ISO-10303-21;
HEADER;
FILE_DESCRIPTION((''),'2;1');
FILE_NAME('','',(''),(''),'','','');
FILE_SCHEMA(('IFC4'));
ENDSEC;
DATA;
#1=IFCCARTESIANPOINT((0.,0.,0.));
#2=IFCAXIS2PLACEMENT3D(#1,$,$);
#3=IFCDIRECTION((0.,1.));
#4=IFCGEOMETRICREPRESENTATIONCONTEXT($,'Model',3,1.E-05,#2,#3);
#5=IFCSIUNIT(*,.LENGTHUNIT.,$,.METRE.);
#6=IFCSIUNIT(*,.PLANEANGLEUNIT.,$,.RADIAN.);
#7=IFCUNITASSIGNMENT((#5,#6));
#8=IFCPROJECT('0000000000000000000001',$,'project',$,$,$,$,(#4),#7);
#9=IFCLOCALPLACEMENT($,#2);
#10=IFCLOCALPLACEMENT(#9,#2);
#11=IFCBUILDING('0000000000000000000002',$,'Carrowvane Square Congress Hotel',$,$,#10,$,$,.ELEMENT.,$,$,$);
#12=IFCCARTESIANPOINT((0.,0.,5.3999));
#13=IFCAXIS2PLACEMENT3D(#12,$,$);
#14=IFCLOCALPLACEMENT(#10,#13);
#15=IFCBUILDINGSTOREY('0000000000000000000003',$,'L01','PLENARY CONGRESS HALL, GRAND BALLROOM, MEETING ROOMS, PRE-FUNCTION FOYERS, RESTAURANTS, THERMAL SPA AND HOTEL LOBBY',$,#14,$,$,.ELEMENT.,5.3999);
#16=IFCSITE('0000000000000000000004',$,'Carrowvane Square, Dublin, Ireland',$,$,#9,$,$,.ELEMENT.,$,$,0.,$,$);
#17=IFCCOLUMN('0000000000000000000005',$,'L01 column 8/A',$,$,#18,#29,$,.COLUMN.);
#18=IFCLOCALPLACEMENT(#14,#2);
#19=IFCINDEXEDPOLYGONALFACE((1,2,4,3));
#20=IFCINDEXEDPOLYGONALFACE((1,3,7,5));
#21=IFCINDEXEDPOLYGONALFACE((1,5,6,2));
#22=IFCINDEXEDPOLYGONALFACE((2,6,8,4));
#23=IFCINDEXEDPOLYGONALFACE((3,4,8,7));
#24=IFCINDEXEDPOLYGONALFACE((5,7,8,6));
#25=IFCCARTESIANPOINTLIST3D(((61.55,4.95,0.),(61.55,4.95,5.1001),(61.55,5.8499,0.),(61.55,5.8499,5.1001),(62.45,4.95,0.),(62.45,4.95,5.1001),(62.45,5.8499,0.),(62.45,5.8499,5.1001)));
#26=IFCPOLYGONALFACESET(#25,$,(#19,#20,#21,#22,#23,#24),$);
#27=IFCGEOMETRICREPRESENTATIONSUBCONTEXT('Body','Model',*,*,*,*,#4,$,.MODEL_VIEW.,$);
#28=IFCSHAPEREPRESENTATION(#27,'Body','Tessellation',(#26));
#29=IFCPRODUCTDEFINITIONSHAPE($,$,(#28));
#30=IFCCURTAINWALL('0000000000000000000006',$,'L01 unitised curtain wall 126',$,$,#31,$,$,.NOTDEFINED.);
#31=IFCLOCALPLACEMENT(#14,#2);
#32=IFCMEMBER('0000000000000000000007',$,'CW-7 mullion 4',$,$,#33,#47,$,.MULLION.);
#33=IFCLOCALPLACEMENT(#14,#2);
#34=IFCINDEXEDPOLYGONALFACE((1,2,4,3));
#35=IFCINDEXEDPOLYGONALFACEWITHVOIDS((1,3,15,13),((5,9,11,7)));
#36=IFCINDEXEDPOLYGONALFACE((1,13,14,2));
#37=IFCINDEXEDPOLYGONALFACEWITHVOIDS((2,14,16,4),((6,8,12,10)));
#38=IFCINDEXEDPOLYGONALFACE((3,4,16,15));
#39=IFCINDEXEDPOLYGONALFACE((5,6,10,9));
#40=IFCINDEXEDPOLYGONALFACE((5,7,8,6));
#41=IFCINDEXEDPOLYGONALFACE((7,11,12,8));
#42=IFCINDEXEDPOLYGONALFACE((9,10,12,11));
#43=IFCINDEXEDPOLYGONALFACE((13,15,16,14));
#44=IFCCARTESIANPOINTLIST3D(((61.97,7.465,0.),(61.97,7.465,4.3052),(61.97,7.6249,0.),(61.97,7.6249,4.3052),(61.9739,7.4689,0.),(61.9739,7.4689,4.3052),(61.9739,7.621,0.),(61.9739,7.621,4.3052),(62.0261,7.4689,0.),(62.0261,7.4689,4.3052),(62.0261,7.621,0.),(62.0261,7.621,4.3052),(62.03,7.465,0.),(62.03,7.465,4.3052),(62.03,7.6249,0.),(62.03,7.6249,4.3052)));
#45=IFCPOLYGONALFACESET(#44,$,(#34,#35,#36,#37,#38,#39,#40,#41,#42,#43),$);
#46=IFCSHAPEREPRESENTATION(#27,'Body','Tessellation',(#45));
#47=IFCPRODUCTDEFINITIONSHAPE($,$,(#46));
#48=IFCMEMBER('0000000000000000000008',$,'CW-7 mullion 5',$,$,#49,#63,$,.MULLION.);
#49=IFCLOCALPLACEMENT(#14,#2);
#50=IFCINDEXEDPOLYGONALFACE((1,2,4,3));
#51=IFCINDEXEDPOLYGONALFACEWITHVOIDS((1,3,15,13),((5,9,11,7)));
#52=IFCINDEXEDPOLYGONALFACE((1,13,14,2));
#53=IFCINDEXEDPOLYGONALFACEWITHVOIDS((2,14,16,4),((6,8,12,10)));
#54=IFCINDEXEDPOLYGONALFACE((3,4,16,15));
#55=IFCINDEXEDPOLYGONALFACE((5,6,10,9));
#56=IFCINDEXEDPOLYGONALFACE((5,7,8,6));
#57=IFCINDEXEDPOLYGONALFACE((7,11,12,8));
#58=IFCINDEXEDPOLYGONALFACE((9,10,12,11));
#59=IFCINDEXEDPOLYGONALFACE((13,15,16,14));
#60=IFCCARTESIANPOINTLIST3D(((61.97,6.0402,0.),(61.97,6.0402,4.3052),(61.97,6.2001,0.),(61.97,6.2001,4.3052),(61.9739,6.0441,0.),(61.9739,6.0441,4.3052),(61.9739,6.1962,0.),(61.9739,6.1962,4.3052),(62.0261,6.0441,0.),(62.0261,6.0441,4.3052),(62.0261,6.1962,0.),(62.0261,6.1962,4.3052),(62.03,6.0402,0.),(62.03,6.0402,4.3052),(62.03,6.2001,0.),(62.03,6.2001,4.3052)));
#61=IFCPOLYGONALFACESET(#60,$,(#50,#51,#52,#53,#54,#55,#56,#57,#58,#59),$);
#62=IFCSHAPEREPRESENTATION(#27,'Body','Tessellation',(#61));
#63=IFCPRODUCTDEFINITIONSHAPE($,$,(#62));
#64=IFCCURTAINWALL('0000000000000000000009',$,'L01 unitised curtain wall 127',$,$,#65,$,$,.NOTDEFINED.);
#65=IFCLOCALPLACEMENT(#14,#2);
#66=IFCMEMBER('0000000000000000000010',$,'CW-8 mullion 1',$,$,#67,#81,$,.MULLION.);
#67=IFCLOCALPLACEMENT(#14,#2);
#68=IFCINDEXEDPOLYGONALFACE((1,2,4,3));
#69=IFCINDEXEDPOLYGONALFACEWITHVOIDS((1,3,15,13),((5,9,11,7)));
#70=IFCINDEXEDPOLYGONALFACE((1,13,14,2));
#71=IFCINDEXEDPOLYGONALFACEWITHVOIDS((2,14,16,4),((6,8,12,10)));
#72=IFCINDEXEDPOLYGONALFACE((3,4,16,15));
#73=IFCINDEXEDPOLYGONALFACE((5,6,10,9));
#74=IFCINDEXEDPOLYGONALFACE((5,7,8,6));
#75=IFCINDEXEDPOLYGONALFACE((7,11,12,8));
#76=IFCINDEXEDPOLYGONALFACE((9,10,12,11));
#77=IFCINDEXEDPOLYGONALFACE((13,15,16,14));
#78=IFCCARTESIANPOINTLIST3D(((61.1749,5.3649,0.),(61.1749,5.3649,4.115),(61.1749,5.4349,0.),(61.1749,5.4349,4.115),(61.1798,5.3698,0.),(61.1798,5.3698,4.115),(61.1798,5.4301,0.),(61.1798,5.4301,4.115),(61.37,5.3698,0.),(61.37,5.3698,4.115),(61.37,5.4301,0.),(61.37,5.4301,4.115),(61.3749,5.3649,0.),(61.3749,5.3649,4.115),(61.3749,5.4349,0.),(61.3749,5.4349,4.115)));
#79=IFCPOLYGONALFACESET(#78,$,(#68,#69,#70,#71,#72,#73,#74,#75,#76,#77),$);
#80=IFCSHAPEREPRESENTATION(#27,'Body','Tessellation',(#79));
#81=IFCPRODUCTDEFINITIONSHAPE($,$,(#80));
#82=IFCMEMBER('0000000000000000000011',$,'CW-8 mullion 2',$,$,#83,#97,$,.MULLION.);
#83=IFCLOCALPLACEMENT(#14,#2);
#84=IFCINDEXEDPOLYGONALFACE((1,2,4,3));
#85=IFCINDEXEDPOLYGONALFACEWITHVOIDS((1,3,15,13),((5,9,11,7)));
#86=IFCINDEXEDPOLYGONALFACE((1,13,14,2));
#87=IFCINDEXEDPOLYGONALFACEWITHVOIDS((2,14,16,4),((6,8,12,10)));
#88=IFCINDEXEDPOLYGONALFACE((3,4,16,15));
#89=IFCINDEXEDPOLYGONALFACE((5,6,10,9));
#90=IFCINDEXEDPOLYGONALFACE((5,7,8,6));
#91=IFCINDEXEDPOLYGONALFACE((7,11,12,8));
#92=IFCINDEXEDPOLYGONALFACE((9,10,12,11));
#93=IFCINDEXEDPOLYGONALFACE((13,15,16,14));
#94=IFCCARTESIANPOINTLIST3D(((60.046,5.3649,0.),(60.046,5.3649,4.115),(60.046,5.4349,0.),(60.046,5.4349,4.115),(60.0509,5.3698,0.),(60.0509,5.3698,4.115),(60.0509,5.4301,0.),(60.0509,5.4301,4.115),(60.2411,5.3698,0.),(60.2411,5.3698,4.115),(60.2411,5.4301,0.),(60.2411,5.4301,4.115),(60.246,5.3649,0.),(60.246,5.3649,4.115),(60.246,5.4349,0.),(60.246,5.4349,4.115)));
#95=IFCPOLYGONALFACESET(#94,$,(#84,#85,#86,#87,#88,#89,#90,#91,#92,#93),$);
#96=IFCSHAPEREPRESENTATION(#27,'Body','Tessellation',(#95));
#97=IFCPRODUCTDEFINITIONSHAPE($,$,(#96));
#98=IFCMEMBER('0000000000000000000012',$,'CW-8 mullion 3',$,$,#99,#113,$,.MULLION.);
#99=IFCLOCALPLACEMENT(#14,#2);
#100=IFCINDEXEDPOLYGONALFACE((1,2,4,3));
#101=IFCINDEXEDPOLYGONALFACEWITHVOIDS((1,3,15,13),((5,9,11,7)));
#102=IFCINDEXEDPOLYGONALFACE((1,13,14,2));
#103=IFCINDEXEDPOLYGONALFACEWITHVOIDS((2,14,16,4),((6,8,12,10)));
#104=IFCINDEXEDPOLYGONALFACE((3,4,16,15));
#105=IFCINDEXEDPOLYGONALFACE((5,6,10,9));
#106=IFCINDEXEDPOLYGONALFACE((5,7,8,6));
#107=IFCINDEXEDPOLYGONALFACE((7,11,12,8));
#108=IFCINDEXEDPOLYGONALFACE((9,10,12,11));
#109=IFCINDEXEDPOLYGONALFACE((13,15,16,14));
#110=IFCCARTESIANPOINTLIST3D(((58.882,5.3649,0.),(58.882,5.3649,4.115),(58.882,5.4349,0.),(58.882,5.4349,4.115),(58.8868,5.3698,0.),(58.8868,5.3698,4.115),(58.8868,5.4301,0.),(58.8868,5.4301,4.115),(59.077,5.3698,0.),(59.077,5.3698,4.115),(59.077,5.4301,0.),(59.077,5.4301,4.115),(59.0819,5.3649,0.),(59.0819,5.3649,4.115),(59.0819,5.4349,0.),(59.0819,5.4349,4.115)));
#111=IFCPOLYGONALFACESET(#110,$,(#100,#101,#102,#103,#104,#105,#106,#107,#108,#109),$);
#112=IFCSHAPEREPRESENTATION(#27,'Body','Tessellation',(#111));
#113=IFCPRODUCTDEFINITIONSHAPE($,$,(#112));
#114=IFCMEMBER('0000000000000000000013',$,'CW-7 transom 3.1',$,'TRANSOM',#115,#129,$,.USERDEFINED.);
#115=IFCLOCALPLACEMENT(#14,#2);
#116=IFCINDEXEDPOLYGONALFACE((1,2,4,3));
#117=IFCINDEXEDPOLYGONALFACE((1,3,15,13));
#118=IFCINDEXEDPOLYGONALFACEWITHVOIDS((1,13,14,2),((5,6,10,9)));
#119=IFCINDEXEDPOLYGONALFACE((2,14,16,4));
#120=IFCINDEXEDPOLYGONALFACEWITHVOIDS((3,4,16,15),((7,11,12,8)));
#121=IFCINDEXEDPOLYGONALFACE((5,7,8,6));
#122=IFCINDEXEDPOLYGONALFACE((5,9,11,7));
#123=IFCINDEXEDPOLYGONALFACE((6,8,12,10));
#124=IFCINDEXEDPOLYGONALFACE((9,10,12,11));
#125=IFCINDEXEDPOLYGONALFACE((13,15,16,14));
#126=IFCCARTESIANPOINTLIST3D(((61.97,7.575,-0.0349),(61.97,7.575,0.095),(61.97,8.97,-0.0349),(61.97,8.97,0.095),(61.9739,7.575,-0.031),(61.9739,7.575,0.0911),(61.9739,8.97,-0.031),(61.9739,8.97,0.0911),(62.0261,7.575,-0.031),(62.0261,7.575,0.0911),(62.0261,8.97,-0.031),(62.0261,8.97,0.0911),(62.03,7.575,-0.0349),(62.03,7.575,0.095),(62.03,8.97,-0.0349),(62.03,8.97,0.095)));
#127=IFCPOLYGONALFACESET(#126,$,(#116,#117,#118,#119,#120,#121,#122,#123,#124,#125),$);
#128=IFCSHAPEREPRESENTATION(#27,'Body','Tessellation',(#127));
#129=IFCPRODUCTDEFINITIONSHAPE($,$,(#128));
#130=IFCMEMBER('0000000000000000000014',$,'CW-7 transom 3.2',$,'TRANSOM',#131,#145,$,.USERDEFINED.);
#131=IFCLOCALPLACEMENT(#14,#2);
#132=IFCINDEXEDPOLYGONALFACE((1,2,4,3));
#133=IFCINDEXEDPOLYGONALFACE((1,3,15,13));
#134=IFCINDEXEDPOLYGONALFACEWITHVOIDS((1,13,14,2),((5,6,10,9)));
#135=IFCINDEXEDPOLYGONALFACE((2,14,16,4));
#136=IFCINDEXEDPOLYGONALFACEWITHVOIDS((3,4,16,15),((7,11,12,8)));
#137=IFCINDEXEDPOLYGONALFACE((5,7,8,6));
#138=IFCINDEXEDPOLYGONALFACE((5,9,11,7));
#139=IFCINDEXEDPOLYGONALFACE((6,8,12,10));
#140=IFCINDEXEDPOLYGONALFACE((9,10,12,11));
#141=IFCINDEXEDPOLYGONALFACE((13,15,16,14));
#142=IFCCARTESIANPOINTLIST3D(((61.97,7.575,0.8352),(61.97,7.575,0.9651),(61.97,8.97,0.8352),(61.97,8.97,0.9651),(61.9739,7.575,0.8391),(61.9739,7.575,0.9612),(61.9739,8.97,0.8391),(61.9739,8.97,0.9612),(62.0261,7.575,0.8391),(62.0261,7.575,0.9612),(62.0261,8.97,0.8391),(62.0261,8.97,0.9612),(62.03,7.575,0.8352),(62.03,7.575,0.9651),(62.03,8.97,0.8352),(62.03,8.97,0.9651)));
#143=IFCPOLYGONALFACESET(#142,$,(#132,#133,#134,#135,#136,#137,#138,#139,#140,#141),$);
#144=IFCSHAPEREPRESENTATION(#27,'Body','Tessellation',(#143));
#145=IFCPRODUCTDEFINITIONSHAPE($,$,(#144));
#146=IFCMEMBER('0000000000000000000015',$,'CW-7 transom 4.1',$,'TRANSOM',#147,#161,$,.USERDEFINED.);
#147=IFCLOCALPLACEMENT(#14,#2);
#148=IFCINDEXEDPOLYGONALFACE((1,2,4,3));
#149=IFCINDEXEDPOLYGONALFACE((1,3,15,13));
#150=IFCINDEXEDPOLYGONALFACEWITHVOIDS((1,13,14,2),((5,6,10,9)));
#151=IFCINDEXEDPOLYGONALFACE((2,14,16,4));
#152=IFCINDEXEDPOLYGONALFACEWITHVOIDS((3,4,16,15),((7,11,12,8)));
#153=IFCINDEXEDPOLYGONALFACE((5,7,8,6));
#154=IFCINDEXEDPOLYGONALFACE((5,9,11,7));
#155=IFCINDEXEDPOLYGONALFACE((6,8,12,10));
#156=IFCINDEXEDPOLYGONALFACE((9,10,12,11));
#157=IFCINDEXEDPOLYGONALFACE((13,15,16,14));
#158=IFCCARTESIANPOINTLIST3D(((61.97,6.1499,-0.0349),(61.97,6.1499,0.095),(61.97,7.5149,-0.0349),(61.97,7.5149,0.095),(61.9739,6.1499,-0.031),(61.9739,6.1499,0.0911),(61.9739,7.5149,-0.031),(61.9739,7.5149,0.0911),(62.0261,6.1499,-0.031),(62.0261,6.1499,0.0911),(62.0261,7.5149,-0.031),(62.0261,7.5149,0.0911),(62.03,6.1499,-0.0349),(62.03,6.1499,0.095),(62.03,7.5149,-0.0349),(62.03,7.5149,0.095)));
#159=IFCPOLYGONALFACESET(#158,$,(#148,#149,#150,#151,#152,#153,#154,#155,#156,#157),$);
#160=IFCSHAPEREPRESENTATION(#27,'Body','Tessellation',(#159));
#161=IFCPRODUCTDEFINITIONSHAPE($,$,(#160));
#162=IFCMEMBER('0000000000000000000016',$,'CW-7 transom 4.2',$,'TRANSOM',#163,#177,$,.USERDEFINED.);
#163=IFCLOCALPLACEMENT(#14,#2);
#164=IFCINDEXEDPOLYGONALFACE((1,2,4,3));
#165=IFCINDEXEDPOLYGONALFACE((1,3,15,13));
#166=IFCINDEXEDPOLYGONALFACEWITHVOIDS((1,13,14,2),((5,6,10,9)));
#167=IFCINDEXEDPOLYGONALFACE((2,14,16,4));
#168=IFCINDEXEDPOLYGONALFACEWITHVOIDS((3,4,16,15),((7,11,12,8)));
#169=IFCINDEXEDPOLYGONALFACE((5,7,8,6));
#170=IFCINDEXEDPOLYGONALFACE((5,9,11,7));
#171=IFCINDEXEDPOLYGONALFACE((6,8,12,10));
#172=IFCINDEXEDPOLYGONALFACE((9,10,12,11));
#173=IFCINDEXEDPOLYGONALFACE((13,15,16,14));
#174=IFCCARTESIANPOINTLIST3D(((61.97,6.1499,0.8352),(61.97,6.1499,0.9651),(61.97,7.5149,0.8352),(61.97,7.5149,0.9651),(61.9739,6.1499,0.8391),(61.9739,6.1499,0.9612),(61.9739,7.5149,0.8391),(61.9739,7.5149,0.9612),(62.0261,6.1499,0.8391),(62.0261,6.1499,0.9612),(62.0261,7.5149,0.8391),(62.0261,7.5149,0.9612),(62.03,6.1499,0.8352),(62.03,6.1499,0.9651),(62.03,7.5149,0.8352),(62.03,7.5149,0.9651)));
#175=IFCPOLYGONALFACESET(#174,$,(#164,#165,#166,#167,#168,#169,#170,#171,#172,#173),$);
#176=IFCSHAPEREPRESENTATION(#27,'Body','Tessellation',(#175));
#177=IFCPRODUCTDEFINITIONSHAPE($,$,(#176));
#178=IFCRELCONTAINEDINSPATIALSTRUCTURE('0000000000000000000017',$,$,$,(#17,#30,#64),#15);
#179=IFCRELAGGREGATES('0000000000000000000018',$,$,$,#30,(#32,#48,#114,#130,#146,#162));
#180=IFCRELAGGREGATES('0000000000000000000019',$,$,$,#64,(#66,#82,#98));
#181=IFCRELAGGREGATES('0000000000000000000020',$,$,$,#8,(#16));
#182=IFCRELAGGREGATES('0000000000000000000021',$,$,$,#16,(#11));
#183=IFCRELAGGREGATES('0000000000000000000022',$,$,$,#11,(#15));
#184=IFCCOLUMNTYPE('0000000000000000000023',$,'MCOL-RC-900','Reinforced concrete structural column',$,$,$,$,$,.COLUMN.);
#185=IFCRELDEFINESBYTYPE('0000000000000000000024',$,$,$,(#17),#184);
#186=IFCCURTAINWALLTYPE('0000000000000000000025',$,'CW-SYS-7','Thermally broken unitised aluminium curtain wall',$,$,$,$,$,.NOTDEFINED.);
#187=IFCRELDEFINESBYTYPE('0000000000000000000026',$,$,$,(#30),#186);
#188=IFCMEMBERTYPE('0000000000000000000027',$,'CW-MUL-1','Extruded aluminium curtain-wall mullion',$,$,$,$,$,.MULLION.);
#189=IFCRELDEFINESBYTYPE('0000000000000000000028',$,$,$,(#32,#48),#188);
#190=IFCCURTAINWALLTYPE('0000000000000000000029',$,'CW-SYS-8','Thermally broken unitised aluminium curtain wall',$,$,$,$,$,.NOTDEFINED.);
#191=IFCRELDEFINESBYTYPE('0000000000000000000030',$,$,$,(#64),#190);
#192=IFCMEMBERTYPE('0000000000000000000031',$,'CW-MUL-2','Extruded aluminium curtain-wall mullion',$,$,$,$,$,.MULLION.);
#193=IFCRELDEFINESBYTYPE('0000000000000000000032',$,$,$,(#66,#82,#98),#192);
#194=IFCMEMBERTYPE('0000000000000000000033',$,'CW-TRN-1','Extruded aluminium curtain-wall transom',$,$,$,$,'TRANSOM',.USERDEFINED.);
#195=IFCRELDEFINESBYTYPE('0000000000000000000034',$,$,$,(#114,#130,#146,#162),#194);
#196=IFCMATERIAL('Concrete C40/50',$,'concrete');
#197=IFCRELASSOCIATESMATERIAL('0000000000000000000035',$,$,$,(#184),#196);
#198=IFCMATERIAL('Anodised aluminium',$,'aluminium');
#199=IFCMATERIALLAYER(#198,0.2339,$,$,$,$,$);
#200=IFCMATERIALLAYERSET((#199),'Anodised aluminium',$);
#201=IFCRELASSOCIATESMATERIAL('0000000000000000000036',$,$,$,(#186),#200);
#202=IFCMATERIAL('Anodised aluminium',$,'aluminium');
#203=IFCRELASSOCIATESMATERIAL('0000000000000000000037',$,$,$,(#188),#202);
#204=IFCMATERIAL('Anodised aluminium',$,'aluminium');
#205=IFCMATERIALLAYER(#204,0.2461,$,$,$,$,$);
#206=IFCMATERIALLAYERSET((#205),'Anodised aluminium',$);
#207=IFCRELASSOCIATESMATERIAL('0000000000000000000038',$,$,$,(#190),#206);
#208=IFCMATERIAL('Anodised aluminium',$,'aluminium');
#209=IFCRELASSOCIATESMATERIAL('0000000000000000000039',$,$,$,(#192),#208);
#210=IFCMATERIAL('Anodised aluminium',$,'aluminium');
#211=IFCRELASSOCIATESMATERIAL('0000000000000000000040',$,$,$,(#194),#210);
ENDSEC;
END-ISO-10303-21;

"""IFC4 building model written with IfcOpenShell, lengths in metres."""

from ifc_helpers import new_model, si_unit, direction, frame, origin, origin_2d, place, context, subcontext, project, spatial, rectangle, hollow_rectangle, extrude, material, layer, layer_set, material_profile, profile_set, type_object, element, aggregate, save


model = new_model("IFC4")

# Units and contexts
model_context = context("Model", 3, precision=1e-05, world=origin(), true_north=direction((0.0, 1.0)))
body_context = subcontext(model_context, "Body", "Model", "MODEL_VIEW")
ifc_project = project(units=[si_unit("LENGTHUNIT", "METRE"), si_unit("PLANEANGLEUNIT", "RADIAN")], contexts=[model_context])

# Site, building, storey
site_placement = place(None, origin())
site = spatial("IfcSite", under=ifc_project, at=site_placement, Name="Carrowvane Square, Dublin, Ireland", CompositionType="ELEMENT", RefElevation=0.0)
building_placement = place(site_placement, origin())
building = spatial("IfcBuilding", under=site, at=building_placement, Name="Carrowvane Square Congress Hotel", CompositionType="ELEMENT")
storey_placement = place(building_placement, frame((0.0, 0.0, 5.3999)))
storey = spatial("IfcBuildingStorey", under=building, at=storey_placement, Name="L01", Description="PLENARY CONGRESS HALL, GRAND BALLROOM, MEETING ROOMS, PRE-FUNCTION FOYERS, RESTAURANTS, THERMAL SPA AND HOTEL LOBBY", CompositionType="ELEMENT", Elevation=5.3999)

# Column
ifc_material_1 = material(Name="Concrete C40/50", Category="concrete")
ifc_material_profile_1 = material_profile(ifc_material_1, rectangle(XDim=0.8999, YDim=0.8999, at=origin_2d()), Name="RC 900x900")
ifc_profile_set_1 = profile_set([ifc_material_profile_1], Name="Concrete C40/50")
column_type = type_object("IfcColumnType", Name="MCOL-RC-900", Description="Reinforced concrete structural column", PredefinedType="COLUMN", material=ifc_profile_set_1)
column_placement = place(storey_placement, frame((62.0, 5.3999, 0.0), z_axis=(0.0, 0.0, 1.0), x_axis=(1.0, 0.0, 0.0)))
element("IfcColumn", 1, at=column_placement, inside=storey, type_object=column_type, Name="L01 column 8/A", PredefinedType="COLUMN", context=body_context, shape_type="SweptSolid", body=[
    extrude(rectangle(XDim=0.8999, YDim=0.8999, at=origin_2d()), origin(), (0.0, 0.0, 1.0), 5.1001),
])

# Curtain walls, members
ifc_material_2 = material(Name="Anodised aluminium", Category="aluminium")
ifc_layer_1 = layer(ifc_material_2, 0.2339)
ifc_layer_set_1 = layer_set([ifc_layer_1], Name="Anodised aluminium")
curtain_wall_type_1 = type_object("IfcCurtainWallType", Name="CW-SYS-7", Description="Thermally broken unitised aluminium curtain wall", PredefinedType="NOTDEFINED", material=ifc_layer_set_1)
curtain_wall_1_placement = place(storey_placement, origin())
curtain_wall_1 = element("IfcCurtainWall", 2, at=curtain_wall_1_placement, inside=storey, type_object=curtain_wall_type_1, Name="L01 unitised curtain wall 126", PredefinedType="NOTDEFINED")
ifc_material_3 = material(Name="Anodised aluminium", Category="aluminium")
ifc_material_profile_2 = material_profile(ifc_material_3, hollow_rectangle(XDim=0.0601, YDim=0.1599, WallThickness=0.0039, at=origin_2d()), Name="CW-ML 60x160x4")
ifc_profile_set_2 = profile_set([ifc_material_profile_2], Name="Anodised aluminium")
member_type_1 = type_object("IfcMemberType", Name="CW-MUL-1", Description="Extruded aluminium curtain-wall mullion", PredefinedType="MULLION", material=ifc_profile_set_2)
member_1_placement = place(storey_placement, frame((62.0, 7.5449, 0.0), z_axis=(0.0, 0.0, 1.0), x_axis=(1.0, 0.0, 0.0)))
member_1 = element("IfcMember", 3, at=member_1_placement, type_object=member_type_1, Name="CW-7 mullion 4", PredefinedType="MULLION", context=body_context, shape_type="SweptSolid", body=[
    extrude(hollow_rectangle(XDim=0.0601, YDim=0.1599, WallThickness=0.0039, at=origin_2d()), origin(), (0.0, 0.0, 1.0), 4.3052),
])
member_2_placement = place(storey_placement, frame((62.0, 6.1201, 0.0), z_axis=(0.0, 0.0, 1.0), x_axis=(1.0, 0.0, 0.0)))
member_2 = element("IfcMember", 4, at=member_2_placement, type_object=member_type_1, Name="CW-7 mullion 5", PredefinedType="MULLION", context=body_context, shape_type="SweptSolid", body=[
    extrude(hollow_rectangle(XDim=0.0601, YDim=0.1599, WallThickness=0.0039, at=origin_2d()), origin(), (0.0, 0.0, 1.0), 4.3052),
])
ifc_material_4 = material(Name="Anodised aluminium", Category="aluminium")
ifc_layer_2 = layer(ifc_material_4, 0.2461)
ifc_layer_set_2 = layer_set([ifc_layer_2], Name="Anodised aluminium")
curtain_wall_type_2 = type_object("IfcCurtainWallType", Name="CW-SYS-8", Description="Thermally broken unitised aluminium curtain wall", PredefinedType="NOTDEFINED", material=ifc_layer_set_2)
curtain_wall_2_placement = place(storey_placement, origin())
curtain_wall_2 = element("IfcCurtainWall", 5, at=curtain_wall_2_placement, inside=storey, type_object=curtain_wall_type_2, Name="L01 unitised curtain wall 127", PredefinedType="NOTDEFINED")
ifc_material_5 = material(Name="Anodised aluminium", Category="aluminium")
ifc_material_profile_3 = material_profile(ifc_material_5, hollow_rectangle(XDim=0.0701, YDim=0.2, WallThickness=0.0049, at=origin_2d()), Name="CW-ML 70x200x5")
ifc_profile_set_3 = profile_set([ifc_material_profile_3], Name="Anodised aluminium")
member_type_2 = type_object("IfcMemberType", Name="CW-MUL-2", Description="Extruded aluminium curtain-wall mullion", PredefinedType="MULLION", material=ifc_profile_set_3)
member_3_placement = place(storey_placement, frame((61.2749, 5.3999, 0.0), z_axis=(0.0, 0.0, 1.0), x_axis=(0.0, -1.0, 0.0)))
member_3 = element("IfcMember", 6, at=member_3_placement, type_object=member_type_2, Name="CW-8 mullion 1", PredefinedType="MULLION", context=body_context, shape_type="SweptSolid", body=[
    extrude(hollow_rectangle(XDim=0.0701, YDim=0.2, WallThickness=0.0049, at=origin_2d()), origin(), (0.0, 0.0, 1.0), 4.115),
])
member_4_placement = place(storey_placement, frame((60.146, 5.3999, 0.0), z_axis=(0.0, 0.0, 1.0), x_axis=(0.0, -1.0, 0.0)))
member_4 = element("IfcMember", 7, at=member_4_placement, type_object=member_type_2, Name="CW-8 mullion 2", PredefinedType="MULLION", context=body_context, shape_type="SweptSolid", body=[
    extrude(hollow_rectangle(XDim=0.0701, YDim=0.2, WallThickness=0.0049, at=origin_2d()), origin(), (0.0, 0.0, 1.0), 4.115),
])
member_5_placement = place(storey_placement, frame((58.9819, 5.3999, 0.0), z_axis=(0.0, 0.0, 1.0), x_axis=(0.0, -1.0, 0.0)))
member_5 = element("IfcMember", 8, at=member_5_placement, type_object=member_type_2, Name="CW-8 mullion 3", PredefinedType="MULLION", context=body_context, shape_type="SweptSolid", body=[
    extrude(hollow_rectangle(XDim=0.0701, YDim=0.2, WallThickness=0.0049, at=origin_2d()), origin(), (0.0, 0.0, 1.0), 4.115),
])

# Members
ifc_material_6 = material(Name="Anodised aluminium", Category="aluminium")
ifc_material_profile_4 = material_profile(ifc_material_6, hollow_rectangle(XDim=0.0601, YDim=0.1299, WallThickness=0.0039, at=origin_2d()), Name="CW-TR 60x130x4")
ifc_profile_set_4 = profile_set([ifc_material_profile_4], Name="Anodised aluminium")
member_type_3 = type_object("IfcMemberType", Name="CW-TRN-1", Description="Extruded aluminium curtain-wall transom", ElementType="TRANSOM", PredefinedType="USERDEFINED", material=ifc_profile_set_4)
member_6_placement = place(storey_placement, frame((62.0, 8.97, 0.03), z_axis=(0.0, -1.0, 0.0), x_axis=(1.0, 0.0, 0.0)))
member_6 = element("IfcMember", 9, at=member_6_placement, type_object=member_type_3, Name="CW-7 transom 3.1", ObjectType="TRANSOM", PredefinedType="USERDEFINED", context=body_context, shape_type="SweptSolid", body=[
    extrude(hollow_rectangle(XDim=0.0601, YDim=0.1299, WallThickness=0.0039, at=origin_2d()), origin(), (0.0, 0.0, 1.0), 1.395),
])
member_7_placement = place(storey_placement, frame((62.0, 8.97, 0.9001), z_axis=(0.0, -1.0, 0.0), x_axis=(1.0, 0.0, 0.0)))
member_7 = element("IfcMember", 10, at=member_7_placement, type_object=member_type_3, Name="CW-7 transom 3.2", ObjectType="TRANSOM", PredefinedType="USERDEFINED", context=body_context, shape_type="SweptSolid", body=[
    extrude(hollow_rectangle(XDim=0.0601, YDim=0.1299, WallThickness=0.0039, at=origin_2d()), origin(), (0.0, 0.0, 1.0), 1.395),
])
member_8_placement = place(storey_placement, frame((62.0, 7.5149, 0.03), z_axis=(0.0, -1.0, 0.0), x_axis=(1.0, 0.0, 0.0)))
member_8 = element("IfcMember", 11, at=member_8_placement, type_object=member_type_3, Name="CW-7 transom 4.1", ObjectType="TRANSOM", PredefinedType="USERDEFINED", context=body_context, shape_type="SweptSolid", body=[
    extrude(hollow_rectangle(XDim=0.0601, YDim=0.1299, WallThickness=0.0039, at=origin_2d()), origin(), (0.0, 0.0, 1.0), 1.365),
])
member_9_placement = place(storey_placement, frame((62.0, 7.5149, 0.9001), z_axis=(0.0, -1.0, 0.0), x_axis=(1.0, 0.0, 0.0)))
member_9 = element("IfcMember", 12, at=member_9_placement, type_object=member_type_3, Name="CW-7 transom 4.2", ObjectType="TRANSOM", PredefinedType="USERDEFINED", context=body_context, shape_type="SweptSolid", body=[
    extrude(hollow_rectangle(XDim=0.0601, YDim=0.1299, WallThickness=0.0039, at=origin_2d()), origin(), (0.0, 0.0, 1.0), 1.365),
])

aggregate(curtain_wall_1, [member_1, member_2, member_6, member_7, member_8, member_9])
aggregate(curtain_wall_2, [member_3, member_4, member_5])

save(model, "model.ifc")
